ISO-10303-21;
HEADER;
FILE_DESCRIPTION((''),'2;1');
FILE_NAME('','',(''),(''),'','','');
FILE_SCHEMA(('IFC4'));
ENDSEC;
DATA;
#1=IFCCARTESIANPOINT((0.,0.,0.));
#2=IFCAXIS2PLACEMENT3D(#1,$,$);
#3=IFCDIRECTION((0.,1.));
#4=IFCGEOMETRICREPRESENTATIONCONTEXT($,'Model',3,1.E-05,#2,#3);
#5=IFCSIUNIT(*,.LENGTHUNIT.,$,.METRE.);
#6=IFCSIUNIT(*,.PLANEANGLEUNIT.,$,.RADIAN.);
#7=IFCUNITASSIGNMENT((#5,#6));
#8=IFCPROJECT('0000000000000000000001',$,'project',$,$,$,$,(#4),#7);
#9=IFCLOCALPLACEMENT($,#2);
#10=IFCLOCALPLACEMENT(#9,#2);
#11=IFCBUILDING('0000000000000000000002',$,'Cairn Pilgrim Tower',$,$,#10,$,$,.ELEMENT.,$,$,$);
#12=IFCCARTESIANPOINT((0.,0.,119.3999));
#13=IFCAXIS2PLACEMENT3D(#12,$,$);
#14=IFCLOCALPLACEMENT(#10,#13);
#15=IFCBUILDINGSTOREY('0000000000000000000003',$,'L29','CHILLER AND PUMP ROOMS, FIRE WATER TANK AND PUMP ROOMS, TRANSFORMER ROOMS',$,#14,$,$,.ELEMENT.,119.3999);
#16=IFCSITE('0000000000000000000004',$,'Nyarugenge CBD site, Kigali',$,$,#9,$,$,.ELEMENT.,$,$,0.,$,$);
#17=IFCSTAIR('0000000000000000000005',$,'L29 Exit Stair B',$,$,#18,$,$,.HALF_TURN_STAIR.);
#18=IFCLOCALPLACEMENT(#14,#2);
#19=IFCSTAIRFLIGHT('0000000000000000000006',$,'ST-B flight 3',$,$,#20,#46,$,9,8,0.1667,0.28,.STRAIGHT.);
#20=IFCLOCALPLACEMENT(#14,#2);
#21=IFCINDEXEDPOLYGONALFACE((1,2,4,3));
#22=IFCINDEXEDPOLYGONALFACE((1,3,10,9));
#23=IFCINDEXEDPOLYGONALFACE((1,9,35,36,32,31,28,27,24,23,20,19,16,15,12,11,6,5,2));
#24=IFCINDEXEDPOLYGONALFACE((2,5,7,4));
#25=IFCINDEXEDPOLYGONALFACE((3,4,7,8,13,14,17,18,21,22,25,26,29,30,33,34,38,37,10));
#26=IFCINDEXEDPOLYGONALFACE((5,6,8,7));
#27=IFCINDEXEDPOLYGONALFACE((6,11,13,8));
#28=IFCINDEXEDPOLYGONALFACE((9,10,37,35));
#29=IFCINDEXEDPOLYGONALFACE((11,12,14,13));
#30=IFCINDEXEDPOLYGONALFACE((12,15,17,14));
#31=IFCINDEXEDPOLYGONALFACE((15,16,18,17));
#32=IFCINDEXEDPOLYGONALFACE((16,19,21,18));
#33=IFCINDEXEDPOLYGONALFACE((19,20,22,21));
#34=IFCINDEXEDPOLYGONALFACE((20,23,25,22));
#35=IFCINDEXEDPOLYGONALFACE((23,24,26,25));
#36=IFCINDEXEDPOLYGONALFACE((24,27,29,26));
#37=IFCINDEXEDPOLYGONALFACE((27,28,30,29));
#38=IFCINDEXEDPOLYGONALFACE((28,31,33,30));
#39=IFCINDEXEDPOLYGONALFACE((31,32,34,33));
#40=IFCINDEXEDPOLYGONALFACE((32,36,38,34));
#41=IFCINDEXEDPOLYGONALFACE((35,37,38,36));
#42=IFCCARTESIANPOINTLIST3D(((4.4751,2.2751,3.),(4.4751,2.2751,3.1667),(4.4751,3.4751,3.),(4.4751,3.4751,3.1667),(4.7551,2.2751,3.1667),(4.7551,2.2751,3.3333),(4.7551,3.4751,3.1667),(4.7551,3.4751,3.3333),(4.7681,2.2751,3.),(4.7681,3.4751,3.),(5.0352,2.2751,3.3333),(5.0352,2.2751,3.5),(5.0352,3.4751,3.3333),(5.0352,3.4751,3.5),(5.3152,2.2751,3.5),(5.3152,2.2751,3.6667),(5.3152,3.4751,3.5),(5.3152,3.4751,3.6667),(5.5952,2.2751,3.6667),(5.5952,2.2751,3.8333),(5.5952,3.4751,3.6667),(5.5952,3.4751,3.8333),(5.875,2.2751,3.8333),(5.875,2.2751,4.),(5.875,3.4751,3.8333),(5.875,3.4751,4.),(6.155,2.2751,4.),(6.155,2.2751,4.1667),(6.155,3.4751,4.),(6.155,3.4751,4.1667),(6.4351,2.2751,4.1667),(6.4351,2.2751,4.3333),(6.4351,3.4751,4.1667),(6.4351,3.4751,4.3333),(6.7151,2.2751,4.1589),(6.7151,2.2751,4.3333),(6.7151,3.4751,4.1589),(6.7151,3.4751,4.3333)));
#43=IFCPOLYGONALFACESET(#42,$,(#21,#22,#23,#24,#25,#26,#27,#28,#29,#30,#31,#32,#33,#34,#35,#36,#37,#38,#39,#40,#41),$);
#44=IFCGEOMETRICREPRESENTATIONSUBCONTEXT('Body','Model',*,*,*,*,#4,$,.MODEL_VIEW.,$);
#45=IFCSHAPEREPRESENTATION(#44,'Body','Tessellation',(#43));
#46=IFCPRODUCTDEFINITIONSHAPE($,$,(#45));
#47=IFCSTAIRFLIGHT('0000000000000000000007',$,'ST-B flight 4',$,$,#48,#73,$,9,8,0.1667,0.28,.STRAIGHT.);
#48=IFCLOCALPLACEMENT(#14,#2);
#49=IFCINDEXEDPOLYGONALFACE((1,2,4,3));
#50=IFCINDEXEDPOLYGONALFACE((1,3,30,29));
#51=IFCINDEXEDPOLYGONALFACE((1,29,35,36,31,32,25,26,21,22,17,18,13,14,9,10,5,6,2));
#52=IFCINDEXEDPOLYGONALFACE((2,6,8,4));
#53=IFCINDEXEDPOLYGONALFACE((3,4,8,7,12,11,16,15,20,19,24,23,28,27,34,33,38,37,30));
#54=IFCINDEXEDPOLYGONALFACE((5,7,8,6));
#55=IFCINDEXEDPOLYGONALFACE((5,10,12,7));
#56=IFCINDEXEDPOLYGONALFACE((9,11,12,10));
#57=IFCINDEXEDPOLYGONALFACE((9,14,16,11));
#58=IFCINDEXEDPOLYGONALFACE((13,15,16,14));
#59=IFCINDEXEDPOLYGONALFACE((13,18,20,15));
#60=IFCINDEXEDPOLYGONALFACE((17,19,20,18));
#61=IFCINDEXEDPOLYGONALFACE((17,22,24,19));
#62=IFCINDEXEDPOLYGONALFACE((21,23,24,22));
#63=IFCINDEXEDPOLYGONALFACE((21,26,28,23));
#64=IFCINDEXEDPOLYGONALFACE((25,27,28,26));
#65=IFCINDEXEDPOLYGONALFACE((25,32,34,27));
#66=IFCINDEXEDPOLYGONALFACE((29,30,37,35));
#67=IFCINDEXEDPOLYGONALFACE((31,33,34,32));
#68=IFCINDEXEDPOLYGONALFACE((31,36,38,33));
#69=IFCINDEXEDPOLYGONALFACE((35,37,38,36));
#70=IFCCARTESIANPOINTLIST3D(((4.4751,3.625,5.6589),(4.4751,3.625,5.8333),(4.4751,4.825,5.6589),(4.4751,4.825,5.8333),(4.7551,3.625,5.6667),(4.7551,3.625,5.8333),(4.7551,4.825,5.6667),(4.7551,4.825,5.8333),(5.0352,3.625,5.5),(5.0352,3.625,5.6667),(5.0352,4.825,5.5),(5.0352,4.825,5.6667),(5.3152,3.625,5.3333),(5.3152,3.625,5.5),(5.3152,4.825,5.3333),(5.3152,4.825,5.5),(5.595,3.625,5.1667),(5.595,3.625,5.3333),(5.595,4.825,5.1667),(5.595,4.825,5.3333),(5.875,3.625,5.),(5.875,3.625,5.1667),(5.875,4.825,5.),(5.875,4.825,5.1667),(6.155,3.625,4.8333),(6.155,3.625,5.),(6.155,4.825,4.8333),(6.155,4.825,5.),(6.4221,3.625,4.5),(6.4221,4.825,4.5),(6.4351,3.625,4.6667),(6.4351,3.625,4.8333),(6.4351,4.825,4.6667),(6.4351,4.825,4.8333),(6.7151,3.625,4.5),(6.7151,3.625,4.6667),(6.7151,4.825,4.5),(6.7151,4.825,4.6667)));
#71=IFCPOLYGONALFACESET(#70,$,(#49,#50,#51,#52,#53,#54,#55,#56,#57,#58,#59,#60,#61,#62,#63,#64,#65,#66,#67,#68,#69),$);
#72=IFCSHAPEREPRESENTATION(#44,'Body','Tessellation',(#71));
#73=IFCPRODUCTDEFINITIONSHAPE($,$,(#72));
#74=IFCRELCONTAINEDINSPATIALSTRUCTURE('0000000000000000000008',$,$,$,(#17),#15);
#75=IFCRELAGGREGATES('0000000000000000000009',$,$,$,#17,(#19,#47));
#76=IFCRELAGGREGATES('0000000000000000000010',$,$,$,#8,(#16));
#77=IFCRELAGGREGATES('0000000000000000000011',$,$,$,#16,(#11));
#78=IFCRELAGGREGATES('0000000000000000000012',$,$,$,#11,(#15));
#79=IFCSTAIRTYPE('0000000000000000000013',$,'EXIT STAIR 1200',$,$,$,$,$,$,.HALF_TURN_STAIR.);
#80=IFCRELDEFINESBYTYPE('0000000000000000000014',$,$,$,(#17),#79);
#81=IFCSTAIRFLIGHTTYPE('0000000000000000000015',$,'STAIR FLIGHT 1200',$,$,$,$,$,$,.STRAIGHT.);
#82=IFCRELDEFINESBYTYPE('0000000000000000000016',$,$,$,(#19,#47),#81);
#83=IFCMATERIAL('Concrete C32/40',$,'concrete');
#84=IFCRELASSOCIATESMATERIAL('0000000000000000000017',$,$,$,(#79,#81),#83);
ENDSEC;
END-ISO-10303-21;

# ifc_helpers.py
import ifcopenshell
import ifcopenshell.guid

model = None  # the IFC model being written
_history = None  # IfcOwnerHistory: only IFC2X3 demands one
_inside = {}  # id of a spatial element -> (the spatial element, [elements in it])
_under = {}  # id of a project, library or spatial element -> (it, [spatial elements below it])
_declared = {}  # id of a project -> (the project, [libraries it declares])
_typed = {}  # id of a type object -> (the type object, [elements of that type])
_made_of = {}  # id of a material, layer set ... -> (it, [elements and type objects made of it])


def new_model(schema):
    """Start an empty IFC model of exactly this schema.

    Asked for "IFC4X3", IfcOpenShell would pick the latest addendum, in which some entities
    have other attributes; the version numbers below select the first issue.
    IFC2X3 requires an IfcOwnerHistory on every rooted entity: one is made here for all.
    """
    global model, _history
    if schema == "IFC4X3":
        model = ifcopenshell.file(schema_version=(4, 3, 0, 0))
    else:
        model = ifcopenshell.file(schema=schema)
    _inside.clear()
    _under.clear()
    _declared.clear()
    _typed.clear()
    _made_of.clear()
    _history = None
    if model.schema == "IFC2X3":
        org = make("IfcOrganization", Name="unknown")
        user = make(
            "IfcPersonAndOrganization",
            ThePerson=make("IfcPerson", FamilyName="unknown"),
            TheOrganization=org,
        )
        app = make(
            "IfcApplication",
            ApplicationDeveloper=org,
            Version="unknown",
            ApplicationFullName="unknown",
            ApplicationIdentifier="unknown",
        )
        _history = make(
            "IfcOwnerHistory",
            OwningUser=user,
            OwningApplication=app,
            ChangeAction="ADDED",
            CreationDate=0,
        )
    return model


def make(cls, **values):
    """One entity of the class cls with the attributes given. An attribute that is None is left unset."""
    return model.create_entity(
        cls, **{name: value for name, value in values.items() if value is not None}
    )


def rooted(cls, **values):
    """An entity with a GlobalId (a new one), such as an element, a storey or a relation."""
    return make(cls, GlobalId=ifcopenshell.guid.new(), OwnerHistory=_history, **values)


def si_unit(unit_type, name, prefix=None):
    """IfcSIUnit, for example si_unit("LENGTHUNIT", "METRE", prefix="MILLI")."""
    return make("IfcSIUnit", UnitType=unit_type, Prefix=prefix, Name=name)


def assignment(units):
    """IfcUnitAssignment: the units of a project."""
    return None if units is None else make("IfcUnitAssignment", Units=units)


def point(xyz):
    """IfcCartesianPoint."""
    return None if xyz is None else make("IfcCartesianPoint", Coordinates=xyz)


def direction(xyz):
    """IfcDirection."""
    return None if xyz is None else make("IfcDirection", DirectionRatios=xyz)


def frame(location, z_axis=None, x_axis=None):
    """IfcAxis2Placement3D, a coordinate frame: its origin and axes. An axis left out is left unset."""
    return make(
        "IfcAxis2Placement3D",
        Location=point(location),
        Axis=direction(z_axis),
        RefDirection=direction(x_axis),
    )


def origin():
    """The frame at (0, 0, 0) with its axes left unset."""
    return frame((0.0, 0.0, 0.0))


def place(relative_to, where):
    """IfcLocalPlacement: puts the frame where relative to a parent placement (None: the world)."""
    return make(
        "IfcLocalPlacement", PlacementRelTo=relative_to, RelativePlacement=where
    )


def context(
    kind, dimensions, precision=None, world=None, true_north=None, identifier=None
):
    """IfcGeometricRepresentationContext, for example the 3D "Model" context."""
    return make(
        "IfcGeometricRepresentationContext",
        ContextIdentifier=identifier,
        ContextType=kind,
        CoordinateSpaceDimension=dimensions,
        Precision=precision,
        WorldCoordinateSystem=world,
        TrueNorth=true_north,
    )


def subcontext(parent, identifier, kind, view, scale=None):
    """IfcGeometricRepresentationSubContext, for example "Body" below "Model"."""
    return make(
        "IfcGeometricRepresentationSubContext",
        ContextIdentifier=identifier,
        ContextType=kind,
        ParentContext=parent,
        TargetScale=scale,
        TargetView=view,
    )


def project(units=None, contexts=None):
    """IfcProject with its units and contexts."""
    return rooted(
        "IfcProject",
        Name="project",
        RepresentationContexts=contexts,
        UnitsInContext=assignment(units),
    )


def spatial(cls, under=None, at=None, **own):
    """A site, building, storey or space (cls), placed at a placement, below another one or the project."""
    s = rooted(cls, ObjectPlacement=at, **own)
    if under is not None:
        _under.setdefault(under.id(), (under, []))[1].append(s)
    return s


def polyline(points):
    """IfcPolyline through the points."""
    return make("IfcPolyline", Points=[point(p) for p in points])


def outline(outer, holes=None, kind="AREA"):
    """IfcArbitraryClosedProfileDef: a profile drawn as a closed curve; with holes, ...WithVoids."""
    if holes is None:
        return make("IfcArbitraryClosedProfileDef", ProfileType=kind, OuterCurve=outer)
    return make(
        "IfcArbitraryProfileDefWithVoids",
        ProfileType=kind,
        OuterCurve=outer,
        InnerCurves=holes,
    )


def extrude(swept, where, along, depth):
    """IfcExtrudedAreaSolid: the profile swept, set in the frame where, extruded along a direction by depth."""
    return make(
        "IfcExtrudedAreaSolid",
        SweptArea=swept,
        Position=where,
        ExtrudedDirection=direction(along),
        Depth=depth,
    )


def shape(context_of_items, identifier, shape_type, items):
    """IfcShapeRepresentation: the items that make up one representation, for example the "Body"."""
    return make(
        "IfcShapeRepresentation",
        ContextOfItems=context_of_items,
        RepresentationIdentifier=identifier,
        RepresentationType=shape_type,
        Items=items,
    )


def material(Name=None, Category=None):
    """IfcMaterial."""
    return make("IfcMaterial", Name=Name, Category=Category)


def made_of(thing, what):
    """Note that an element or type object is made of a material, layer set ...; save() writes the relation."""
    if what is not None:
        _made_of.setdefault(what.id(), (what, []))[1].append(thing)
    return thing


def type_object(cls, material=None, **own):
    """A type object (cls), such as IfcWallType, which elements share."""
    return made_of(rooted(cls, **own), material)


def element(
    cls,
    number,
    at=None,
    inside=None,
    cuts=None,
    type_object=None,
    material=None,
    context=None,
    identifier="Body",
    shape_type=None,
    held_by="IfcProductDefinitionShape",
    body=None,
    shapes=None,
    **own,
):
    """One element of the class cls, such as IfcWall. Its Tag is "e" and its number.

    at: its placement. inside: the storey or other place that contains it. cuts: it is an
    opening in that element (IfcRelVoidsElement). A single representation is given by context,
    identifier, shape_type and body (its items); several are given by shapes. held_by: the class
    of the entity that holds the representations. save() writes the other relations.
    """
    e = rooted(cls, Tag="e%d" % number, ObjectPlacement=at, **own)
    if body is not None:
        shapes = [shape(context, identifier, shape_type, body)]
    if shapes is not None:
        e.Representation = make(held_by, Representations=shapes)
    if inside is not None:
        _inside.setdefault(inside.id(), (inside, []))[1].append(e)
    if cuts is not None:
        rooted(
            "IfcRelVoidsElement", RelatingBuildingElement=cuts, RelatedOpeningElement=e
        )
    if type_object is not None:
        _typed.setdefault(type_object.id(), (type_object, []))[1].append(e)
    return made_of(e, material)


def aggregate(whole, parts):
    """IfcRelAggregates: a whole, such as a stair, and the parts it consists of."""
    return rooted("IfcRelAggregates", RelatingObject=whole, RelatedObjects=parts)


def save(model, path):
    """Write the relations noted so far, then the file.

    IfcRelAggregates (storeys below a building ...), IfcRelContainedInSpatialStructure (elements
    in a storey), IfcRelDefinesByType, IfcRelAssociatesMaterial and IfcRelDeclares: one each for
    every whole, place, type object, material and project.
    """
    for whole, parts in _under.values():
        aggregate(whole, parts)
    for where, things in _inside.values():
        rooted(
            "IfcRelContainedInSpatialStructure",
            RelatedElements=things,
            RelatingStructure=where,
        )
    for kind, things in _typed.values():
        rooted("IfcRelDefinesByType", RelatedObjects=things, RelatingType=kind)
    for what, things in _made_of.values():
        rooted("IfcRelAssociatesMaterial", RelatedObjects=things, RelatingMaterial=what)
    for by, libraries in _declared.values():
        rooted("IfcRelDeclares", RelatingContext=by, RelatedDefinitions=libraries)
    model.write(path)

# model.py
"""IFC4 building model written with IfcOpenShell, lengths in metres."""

from ifc_helpers import new_model, si_unit, direction, frame, origin, place, context, subcontext, project, spatial, polyline, outline, extrude, material, type_object, element, aggregate, save


model = new_model("IFC4")

# Units and contexts
model_context = context("Model", 3, precision=1e-05, world=origin(), true_north=direction((0.0, 1.0)))
body_context = subcontext(model_context, "Body", "Model", "MODEL_VIEW")
ifc_project = project(units=[si_unit("LENGTHUNIT", "METRE"), si_unit("PLANEANGLEUNIT", "RADIAN")], contexts=[model_context])

# Site, building, storey
site_placement = place(None, origin())
site = spatial("IfcSite", under=ifc_project, at=site_placement, Name="Nyarugenge CBD site, Kigali", CompositionType="ELEMENT", RefElevation=0.0)
building_placement = place(site_placement, origin())
building = spatial("IfcBuilding", under=site, at=building_placement, Name="Cairn Pilgrim Tower", CompositionType="ELEMENT")
storey_placement = place(building_placement, frame((0.0, 0.0, 119.3999)))
storey = spatial("IfcBuildingStorey", under=building, at=storey_placement, Name="L29", Description="CHILLER AND PUMP ROOMS, FIRE WATER TANK AND PUMP ROOMS, TRANSFORMER ROOMS", CompositionType="ELEMENT", Elevation=119.3999)

# Shared definitions
ifc_material_1 = material(Name="Concrete C32/40", Category="concrete")

# Stair, stair flights
stair_type = type_object("IfcStairType", Name="EXIT STAIR 1200", PredefinedType="HALF_TURN_STAIR", material=ifc_material_1)
stair_placement = place(storey_placement, origin())
stair = element("IfcStair", 1, at=stair_placement, inside=storey, type_object=stair_type, Name="L29 Exit Stair B", PredefinedType="HALF_TURN_STAIR")
stair_flight_type = type_object("IfcStairFlightType", Name="STAIR FLIGHT 1200", PredefinedType="STRAIGHT", material=ifc_material_1)
stair_flight_1_placement = place(storey_placement, frame((4.4751, 2.875, 3.0), z_axis=(0.0, 0.0, 1.0), x_axis=(1.0, 0.0, 0.0)))
stair_flight_1 = element("IfcStairFlight", 2, at=stair_flight_1_placement, type_object=stair_flight_type, Name="ST-B flight 3", NumberOfRisers=9, NumberOfTreads=8, PredefinedType="STRAIGHT", RiserHeight=0.1667, TreadLength=0.28, context=body_context, shape_type="SweptSolid", body=[
    extrude(outline(polyline([(0.0, 0.0), (0.0, 0.1667), (0.28, 0.1667), (0.28, 0.3333), (0.5601, 0.3333), (0.5601, 0.5), (0.8401, 0.5), (0.8401, 0.6667), (1.1201, 0.6667), (1.1201, 0.8333), (1.3999, 0.8333), (1.3999, 1.0), (1.6799, 1.0), (1.6799, 1.1667), (1.96, 1.1667), (1.96, 1.3333), (2.24, 1.3333), (2.24, 1.5), (2.24, 1.1589), (0.293, 0.0), (0.0, 0.0)])), frame((0.0, 0.6001, 0.0), z_axis=(0.0, -1.0, 0.0), x_axis=(1.0, 0.0, 0.0)), (0.0, 0.0, 1.0), 1.2),
])
stair_flight_2_placement = place(storey_placement, frame((6.7151, 4.2251, 4.5), z_axis=(0.0, 0.0, 1.0), x_axis=(-1.0, 0.0, 0.0)))
stair_flight_2 = element("IfcStairFlight", 3, at=stair_flight_2_placement, type_object=stair_flight_type, Name="ST-B flight 4", NumberOfRisers=9, NumberOfTreads=8, PredefinedType="STRAIGHT", RiserHeight=0.1667, TreadLength=0.28, context=body_context, shape_type="SweptSolid", body=[
    extrude(outline(polyline([(0.0, 0.0), (0.0, 0.1667), (0.28, 0.1667), (0.28, 0.3333), (0.5601, 0.3333), (0.5601, 0.5), (0.8401, 0.5), (0.8401, 0.6667), (1.1201, 0.6667), (1.1201, 0.8333), (1.3999, 0.8333), (1.3999, 1.0), (1.6799, 1.0), (1.6799, 1.1667), (1.96, 1.1667), (1.96, 1.3333), (2.24, 1.3333), (2.24, 1.5), (2.24, 1.1589), (0.293, 0.0), (0.0, 0.0)])), frame((0.0, 0.6001, 0.0), z_axis=(0.0, -1.0, 0.0), x_axis=(1.0, 0.0, 0.0)), (0.0, 0.0, 1.0), 1.2),
])
aggregate(stair, [stair_flight_1, stair_flight_2])

save(model, "model.ifc")
